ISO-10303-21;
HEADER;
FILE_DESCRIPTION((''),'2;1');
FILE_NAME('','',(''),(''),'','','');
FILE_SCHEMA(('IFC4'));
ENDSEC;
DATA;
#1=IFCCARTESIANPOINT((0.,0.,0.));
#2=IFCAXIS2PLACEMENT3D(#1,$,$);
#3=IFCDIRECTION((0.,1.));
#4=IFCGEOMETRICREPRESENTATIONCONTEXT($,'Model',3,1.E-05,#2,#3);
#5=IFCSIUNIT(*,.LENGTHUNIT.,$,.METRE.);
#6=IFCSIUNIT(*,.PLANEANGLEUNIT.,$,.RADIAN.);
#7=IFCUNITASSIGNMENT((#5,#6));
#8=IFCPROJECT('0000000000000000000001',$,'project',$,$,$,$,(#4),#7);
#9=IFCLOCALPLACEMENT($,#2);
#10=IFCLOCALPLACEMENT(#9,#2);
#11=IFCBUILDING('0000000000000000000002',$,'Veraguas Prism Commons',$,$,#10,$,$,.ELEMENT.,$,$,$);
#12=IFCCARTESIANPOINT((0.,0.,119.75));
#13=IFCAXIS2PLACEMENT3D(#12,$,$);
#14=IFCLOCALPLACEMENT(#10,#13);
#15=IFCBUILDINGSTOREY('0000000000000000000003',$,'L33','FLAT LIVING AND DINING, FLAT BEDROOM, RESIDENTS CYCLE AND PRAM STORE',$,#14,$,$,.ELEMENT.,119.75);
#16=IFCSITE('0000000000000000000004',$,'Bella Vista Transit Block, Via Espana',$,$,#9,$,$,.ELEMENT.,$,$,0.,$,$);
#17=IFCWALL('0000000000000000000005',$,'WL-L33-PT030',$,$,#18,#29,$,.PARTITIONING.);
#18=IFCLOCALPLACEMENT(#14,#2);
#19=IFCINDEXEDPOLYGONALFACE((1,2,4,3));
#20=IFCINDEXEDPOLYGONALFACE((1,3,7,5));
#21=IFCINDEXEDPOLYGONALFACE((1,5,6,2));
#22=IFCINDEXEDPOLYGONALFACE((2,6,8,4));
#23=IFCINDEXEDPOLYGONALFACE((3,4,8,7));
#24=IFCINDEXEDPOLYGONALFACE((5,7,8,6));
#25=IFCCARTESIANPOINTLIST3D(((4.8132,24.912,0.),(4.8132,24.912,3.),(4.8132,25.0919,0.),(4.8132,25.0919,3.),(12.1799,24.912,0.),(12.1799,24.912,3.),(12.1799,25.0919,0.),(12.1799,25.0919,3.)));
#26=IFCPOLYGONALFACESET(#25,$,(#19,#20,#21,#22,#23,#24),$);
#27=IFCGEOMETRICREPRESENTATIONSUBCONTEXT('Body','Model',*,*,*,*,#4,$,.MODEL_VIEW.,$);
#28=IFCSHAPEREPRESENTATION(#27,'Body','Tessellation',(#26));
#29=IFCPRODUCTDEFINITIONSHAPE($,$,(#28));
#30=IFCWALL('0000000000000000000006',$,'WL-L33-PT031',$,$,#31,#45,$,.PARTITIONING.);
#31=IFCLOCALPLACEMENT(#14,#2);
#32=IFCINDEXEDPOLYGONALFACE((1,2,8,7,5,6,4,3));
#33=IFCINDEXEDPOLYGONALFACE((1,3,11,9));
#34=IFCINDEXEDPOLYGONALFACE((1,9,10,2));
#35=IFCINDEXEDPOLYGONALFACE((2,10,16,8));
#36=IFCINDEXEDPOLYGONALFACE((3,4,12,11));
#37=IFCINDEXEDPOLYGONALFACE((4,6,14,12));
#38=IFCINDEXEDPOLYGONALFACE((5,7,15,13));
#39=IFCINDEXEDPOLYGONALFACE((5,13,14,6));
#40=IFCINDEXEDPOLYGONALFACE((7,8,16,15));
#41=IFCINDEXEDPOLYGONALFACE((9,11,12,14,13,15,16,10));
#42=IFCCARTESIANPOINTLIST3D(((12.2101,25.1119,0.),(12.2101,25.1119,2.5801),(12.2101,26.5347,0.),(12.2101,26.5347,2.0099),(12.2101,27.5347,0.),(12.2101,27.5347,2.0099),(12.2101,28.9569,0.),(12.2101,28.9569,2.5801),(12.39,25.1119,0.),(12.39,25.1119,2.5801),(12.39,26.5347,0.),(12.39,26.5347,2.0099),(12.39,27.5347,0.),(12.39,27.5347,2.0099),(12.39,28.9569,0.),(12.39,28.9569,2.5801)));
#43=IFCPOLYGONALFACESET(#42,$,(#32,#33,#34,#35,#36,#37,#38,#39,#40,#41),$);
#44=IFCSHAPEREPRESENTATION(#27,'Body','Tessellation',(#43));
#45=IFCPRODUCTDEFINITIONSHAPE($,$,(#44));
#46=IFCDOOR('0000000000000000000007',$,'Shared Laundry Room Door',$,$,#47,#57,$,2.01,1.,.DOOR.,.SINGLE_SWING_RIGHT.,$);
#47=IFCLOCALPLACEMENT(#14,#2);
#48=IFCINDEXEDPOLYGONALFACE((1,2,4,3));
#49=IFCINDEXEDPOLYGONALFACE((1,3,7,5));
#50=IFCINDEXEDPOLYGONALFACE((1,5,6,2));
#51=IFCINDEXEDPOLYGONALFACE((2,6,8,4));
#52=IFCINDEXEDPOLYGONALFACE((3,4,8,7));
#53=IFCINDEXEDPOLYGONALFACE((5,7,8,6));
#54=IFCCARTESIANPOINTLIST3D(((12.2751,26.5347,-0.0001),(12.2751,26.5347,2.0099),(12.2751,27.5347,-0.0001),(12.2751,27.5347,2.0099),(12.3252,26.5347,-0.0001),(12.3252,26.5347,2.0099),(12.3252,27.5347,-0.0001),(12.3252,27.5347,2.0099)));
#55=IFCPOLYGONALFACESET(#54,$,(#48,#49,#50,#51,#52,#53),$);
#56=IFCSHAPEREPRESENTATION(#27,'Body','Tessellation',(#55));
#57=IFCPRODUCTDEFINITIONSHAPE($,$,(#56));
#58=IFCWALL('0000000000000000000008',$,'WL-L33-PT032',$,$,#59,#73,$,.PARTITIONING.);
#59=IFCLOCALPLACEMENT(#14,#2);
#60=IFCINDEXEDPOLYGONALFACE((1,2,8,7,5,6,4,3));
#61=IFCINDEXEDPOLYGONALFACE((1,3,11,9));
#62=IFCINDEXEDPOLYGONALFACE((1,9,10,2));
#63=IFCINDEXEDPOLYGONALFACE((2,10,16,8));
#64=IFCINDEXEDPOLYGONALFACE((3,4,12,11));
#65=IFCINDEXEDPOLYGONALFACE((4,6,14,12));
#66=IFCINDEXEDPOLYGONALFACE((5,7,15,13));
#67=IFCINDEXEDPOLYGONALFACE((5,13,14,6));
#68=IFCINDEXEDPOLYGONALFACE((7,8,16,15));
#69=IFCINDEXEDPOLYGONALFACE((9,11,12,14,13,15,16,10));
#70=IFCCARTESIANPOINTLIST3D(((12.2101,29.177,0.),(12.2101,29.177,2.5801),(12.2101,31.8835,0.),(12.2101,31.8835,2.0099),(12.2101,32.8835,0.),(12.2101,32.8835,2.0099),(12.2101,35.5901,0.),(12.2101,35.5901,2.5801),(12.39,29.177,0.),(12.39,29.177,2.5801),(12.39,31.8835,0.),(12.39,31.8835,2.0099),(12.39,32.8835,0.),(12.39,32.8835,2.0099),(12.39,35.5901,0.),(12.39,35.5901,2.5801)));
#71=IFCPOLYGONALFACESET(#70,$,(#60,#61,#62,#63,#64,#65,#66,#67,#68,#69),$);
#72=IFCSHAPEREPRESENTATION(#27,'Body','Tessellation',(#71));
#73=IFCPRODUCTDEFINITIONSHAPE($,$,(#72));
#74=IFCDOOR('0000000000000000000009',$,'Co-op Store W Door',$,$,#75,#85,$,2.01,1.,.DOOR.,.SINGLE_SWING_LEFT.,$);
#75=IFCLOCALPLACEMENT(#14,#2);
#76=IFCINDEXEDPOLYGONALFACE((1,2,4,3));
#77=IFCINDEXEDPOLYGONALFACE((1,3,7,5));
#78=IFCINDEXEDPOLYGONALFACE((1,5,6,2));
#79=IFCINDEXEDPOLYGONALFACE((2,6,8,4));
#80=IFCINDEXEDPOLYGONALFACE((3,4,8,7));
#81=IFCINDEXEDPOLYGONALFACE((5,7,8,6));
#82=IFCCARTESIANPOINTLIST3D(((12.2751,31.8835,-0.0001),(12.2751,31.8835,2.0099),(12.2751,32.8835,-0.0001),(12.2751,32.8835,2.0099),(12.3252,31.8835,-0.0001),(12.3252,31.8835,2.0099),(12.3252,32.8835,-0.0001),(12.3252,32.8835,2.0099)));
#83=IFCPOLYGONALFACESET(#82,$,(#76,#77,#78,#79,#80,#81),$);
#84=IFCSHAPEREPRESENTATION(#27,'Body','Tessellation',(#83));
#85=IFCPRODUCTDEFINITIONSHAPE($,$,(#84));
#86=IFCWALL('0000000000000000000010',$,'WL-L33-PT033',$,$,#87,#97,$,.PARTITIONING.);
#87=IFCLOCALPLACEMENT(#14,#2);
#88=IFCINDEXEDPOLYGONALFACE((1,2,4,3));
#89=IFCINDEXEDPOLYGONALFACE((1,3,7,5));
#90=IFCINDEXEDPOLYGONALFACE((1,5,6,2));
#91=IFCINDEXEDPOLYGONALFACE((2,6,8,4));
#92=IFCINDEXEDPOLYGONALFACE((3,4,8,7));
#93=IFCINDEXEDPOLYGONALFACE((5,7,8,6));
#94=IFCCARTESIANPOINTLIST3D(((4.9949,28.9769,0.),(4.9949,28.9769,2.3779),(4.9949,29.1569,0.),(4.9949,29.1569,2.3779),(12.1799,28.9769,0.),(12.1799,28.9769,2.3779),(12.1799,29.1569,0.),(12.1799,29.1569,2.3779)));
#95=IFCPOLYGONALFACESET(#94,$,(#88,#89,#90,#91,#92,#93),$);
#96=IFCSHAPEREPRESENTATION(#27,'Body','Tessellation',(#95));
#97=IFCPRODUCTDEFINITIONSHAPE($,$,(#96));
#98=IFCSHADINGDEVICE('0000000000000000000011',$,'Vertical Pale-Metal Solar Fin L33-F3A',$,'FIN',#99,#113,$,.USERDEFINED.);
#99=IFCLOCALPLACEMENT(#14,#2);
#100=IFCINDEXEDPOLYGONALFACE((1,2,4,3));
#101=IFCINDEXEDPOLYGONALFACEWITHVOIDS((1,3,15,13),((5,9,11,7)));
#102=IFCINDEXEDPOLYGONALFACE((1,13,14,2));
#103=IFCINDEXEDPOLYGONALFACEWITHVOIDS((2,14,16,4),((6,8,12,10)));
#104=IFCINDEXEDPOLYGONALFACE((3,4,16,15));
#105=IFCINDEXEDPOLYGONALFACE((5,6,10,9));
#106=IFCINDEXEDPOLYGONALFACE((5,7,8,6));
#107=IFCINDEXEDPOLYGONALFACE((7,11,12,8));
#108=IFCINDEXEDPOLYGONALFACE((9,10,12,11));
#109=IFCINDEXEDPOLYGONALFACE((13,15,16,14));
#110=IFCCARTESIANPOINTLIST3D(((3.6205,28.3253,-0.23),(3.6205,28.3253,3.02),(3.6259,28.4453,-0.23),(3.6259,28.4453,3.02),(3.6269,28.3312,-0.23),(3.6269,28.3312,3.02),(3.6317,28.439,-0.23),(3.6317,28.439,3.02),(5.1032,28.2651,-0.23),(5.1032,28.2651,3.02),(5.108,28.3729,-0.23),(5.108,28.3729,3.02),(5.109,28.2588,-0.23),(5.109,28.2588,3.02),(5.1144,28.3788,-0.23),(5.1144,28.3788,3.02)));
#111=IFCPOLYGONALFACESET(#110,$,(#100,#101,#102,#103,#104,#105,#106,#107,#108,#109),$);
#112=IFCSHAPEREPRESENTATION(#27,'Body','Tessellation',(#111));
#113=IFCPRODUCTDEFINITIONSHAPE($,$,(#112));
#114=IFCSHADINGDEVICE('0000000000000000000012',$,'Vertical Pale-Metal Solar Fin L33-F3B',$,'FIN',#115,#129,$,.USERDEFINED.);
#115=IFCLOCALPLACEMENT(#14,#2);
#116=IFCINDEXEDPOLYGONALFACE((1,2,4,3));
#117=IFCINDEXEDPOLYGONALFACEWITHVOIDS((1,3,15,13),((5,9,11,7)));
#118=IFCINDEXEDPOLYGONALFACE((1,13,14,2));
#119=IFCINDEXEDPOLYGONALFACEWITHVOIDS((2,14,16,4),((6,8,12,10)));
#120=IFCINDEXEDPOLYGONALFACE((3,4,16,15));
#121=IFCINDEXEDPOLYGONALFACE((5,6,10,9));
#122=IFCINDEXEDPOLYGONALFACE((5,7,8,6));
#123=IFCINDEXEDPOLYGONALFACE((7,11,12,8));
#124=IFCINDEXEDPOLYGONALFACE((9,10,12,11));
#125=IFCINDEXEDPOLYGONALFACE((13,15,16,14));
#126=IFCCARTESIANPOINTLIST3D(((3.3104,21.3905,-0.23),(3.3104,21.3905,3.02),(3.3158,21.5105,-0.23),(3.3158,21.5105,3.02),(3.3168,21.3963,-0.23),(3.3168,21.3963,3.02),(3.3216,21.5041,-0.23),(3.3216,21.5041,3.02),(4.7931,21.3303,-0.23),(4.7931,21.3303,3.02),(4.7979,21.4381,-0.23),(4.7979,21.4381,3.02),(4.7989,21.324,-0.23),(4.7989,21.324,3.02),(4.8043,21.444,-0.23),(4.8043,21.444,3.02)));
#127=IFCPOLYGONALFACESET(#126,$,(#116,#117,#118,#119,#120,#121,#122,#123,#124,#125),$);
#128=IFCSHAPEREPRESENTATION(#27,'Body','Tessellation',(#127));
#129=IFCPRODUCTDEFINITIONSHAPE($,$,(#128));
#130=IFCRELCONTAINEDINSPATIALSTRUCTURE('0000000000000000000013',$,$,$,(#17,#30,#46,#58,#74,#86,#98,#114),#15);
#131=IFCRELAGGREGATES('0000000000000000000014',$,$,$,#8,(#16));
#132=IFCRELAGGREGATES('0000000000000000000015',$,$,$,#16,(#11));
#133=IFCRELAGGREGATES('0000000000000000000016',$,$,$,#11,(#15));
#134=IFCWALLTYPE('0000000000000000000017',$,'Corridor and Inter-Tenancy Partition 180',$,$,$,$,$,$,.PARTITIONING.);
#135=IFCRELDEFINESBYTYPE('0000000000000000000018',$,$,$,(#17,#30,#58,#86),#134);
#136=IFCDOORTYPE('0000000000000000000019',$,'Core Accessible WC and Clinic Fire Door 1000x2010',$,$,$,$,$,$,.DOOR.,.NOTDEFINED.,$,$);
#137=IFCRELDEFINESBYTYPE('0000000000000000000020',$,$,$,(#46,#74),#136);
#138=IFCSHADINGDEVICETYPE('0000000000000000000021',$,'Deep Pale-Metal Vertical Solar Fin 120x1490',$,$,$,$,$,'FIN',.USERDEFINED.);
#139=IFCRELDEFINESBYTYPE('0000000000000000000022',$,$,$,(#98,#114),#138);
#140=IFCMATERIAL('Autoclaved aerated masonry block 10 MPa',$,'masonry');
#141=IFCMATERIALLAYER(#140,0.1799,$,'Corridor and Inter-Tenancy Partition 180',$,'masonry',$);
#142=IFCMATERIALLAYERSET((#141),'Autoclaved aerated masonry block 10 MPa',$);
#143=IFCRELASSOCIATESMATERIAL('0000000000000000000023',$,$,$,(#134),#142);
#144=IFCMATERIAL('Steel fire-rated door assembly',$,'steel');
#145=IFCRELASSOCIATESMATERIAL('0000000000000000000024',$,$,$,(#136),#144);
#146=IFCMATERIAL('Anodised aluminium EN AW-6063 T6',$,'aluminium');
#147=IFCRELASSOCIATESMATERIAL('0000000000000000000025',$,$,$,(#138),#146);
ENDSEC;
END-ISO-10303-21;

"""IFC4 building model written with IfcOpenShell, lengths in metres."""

from ifc_helpers import new_model, si_unit, direction, frame, frame_2d, origin, origin_2d, place, context, subcontext, project, spatial, rectangle, hollow_rectangle, extrude, source, transform, mapped, material, layer, layer_set, material_profile, profile_set, type_object, element, fill, save


model = new_model("IFC4")

# Units and contexts
model_context = context("Model", 3, precision=1e-05, world=origin(), true_north=direction((0.0, 1.0)))
body_context = subcontext(model_context, "Body", "Model", "MODEL_VIEW")
ifc_project = project(units=[si_unit("LENGTHUNIT", "METRE"), si_unit("PLANEANGLEUNIT", "RADIAN")], contexts=[model_context])

# Site, building, storey
site_placement = place(None, origin())
site = spatial("IfcSite", under=ifc_project, at=site_placement, Name="Bella Vista Transit Block, Via Espana", CompositionType="ELEMENT", RefElevation=0.0)
building_placement = place(site_placement, origin())
building = spatial("IfcBuilding", under=site, at=building_placement, Name="Veraguas Prism Commons", CompositionType="ELEMENT")
storey_placement = place(building_placement, frame((0.0, 0.0, 119.75)))
storey = spatial("IfcBuildingStorey", under=building, at=storey_placement, Name="L33", Description="FLAT LIVING AND DINING, FLAT BEDROOM, RESIDENTS CYCLE AND PRAM STORE", CompositionType="ELEMENT", Elevation=119.75)

# Shared definitions
ifc_material_1 = material(Name="Anodised aluminium EN AW-6063 T6", Category="aluminium")

# Wall
ifc_material_2 = material(Name="Autoclaved aerated masonry block 10 MPa", Category="masonry")
ifc_layer_1 = layer(ifc_material_2, 0.1799, Name="Corridor and Inter-Tenancy Partition 180", Category="masonry")
ifc_layer_set_1 = layer_set([ifc_layer_1], Name="Autoclaved aerated masonry block 10 MPa")
wall_type = type_object("IfcWallType", Name="Corridor and Inter-Tenancy Partition 180", PredefinedType="PARTITIONING", material=ifc_layer_set_1)
wall_1_placement = place(storey_placement, frame((12.1799, 25.002, 0.0), z_axis=(0.0, 0.0, 1.0), x_axis=(-1.0, 0.0, 0.0)))
element("IfcWall", 1, at=wall_1_placement, inside=storey, type_object=wall_type, Name="WL-L33-PT030", PredefinedType="PARTITIONING", context=body_context, shape_type="SweptSolid", body=[
    extrude(rectangle(XDim=7.3667, YDim=0.1799, at=frame_2d((3.6833, 0.0))), origin(), (0.0, 0.0, 1.0), 3.0),
])

# Walls, openings, doors
wall_2_placement = place(storey_placement, frame((12.3, 25.1121, 0.0), z_axis=(0.0, 0.0, 1.0), x_axis=(0.0, 1.0, 0.0)))
wall_2 = element("IfcWall", 2, at=wall_2_placement, inside=storey, type_object=wall_type, Name="WL-L33-PT031", PredefinedType="PARTITIONING", context=body_context, shape_type="SweptSolid", body=[
    extrude(rectangle(XDim=3.845, YDim=0.1799, at=frame_2d((1.9224, 0.0))), origin(), (0.0, 0.0, 1.0), 2.5801),
])
opening_1_placement = place(wall_2_placement, frame((1.4226, 0.0, 0.0)))
opening_1 = element("IfcOpeningElement", 3, at=opening_1_placement, cuts=wall_2, PredefinedType="OPENING", context=body_context, shape_type="SweptSolid", body=[
    extrude(rectangle(XDim=1.0, YDim=2.01, at=frame_2d((0.5, 1.0049))), frame((0.0, 0.0999, 0.0), z_axis=(0.0, -1.0, 0.0), x_axis=(1.0, 0.0, 0.0)), (0.0, 0.0, 1.0), 0.2),
])
ifc_material_3 = material(Name="Steel fire-rated door assembly", Category="steel")
door_type = type_object("IfcDoorType", Name="Core Accessible WC and Clinic Fire Door 1000x2010", OperationType="NOTDEFINED", PredefinedType="DOOR", material=ifc_material_3)
shared_shape_1 = source(origin(), body_context, "Body", "SweptSolid", [
    extrude(rectangle(XDim=1.0, YDim=2.01, at=frame_2d((0.5, 1.0049))), frame((0.0, 0.0249, 0.0), z_axis=(0.0, -1.0, 0.0), x_axis=(1.0, 0.0, 0.0)), (0.0, 0.0, 1.0), 0.05),
])
door_1_placement = place(opening_1_placement, origin())
door_1 = element("IfcDoor", 4, at=door_1_placement, inside=storey, type_object=door_type, Name="Shared Laundry Room Door", OperationType="SINGLE_SWING_RIGHT", OverallHeight=2.01, OverallWidth=1.0, PredefinedType="DOOR", context=body_context, shape_type="MappedRepresentation", body=[
    mapped(shared_shape_1, transform((0.0, 0.0, 0.0), scale=1.0)),
])
fill(opening_1, door_1)
wall_3_placement = place(storey_placement, frame((12.3, 29.177, 0.0), z_axis=(0.0, 0.0, 1.0), x_axis=(0.0, 1.0, 0.0)))
wall_3 = element("IfcWall", 5, at=wall_3_placement, inside=storey, type_object=wall_type, Name="WL-L33-PT032", PredefinedType="PARTITIONING", context=body_context, shape_type="SweptSolid", body=[
    extrude(rectangle(XDim=6.4131, YDim=0.1799, at=frame_2d((3.2065, 0.0))), origin(), (0.0, 0.0, 1.0), 2.5801),
])
opening_2_placement = place(wall_3_placement, frame((2.7065, 0.0, 0.0)))
opening_2 = element("IfcOpeningElement", 6, at=opening_2_placement, cuts=wall_3, PredefinedType="OPENING", context=body_context, shape_type="SweptSolid", body=[
    extrude(rectangle(XDim=1.0, YDim=2.01, at=frame_2d((0.5, 1.0049))), frame((0.0, 0.0999, 0.0), z_axis=(0.0, -1.0, 0.0), x_axis=(1.0, 0.0, 0.0)), (0.0, 0.0, 1.0), 0.2),
])
door_2_placement = place(opening_2_placement, origin())
door_2 = element("IfcDoor", 7, at=door_2_placement, inside=storey, type_object=door_type, Name="Co-op Store W Door", OperationType="SINGLE_SWING_LEFT", OverallHeight=2.01, OverallWidth=1.0, PredefinedType="DOOR", context=body_context, shape_type="MappedRepresentation", body=[
    mapped(shared_shape_1, transform((0.0, 0.0, 0.0), scale=1.0)),
])
fill(opening_2, door_2)

# Wall
wall_4_placement = place(storey_placement, frame((12.1799, 29.0669, 0.0), z_axis=(0.0, 0.0, 1.0), x_axis=(-1.0, 0.0, 0.0)))
element("IfcWall", 8, at=wall_4_placement, inside=storey, type_object=wall_type, Name="WL-L33-PT033", PredefinedType="PARTITIONING", context=body_context, shape_type="SweptSolid", body=[
    extrude(rectangle(XDim=7.1851, YDim=0.1799, at=frame_2d((3.5925, 0.0))), origin(), (0.0, 0.0, 1.0), 2.3779),
])

# Shading devices
ifc_material_profile_1 = material_profile(ifc_material_1, hollow_rectangle(XDim=0.1201, YDim=1.49, WallThickness=0.0061, at=origin_2d()), Name="FIN120X1490X6")
ifc_profile_set_1 = profile_set([ifc_material_profile_1], Name="Anodised aluminium EN AW-6063 T6")
shading_device_type = type_object("IfcShadingDeviceType", Name="Deep Pale-Metal Vertical Solar Fin 120x1490", ElementType="FIN", PredefinedType="USERDEFINED", material=ifc_profile_set_1)
for number, where, z_axis, x_axis, name in (
    (9, (4.3674, 28.3521, -0.23), (0.0, 0.0, 1.0), (-0.044669, -0.999002, 0.0), "Vertical Pale-Metal Solar Fin L33-F3A"),
    (10, (4.0574, 21.4172, -0.23), (0.0, 0.0, 1.0), (-0.044669, -0.999002, 0.0), "Vertical Pale-Metal Solar Fin L33-F3B"),
):
    element("IfcShadingDevice", number, at=place(storey_placement, frame(where, z_axis=z_axis, x_axis=x_axis)), inside=storey, type_object=shading_device_type, Name=name, ObjectType="FIN", PredefinedType="USERDEFINED", context=body_context, shape_type="SweptSolid", body=[
        extrude(hollow_rectangle(XDim=0.1201, YDim=1.49, WallThickness=0.0061, at=origin_2d()), origin(), (0.0, 0.0, 1.0), 3.25),
    ])

save(model, "model.ifc")
